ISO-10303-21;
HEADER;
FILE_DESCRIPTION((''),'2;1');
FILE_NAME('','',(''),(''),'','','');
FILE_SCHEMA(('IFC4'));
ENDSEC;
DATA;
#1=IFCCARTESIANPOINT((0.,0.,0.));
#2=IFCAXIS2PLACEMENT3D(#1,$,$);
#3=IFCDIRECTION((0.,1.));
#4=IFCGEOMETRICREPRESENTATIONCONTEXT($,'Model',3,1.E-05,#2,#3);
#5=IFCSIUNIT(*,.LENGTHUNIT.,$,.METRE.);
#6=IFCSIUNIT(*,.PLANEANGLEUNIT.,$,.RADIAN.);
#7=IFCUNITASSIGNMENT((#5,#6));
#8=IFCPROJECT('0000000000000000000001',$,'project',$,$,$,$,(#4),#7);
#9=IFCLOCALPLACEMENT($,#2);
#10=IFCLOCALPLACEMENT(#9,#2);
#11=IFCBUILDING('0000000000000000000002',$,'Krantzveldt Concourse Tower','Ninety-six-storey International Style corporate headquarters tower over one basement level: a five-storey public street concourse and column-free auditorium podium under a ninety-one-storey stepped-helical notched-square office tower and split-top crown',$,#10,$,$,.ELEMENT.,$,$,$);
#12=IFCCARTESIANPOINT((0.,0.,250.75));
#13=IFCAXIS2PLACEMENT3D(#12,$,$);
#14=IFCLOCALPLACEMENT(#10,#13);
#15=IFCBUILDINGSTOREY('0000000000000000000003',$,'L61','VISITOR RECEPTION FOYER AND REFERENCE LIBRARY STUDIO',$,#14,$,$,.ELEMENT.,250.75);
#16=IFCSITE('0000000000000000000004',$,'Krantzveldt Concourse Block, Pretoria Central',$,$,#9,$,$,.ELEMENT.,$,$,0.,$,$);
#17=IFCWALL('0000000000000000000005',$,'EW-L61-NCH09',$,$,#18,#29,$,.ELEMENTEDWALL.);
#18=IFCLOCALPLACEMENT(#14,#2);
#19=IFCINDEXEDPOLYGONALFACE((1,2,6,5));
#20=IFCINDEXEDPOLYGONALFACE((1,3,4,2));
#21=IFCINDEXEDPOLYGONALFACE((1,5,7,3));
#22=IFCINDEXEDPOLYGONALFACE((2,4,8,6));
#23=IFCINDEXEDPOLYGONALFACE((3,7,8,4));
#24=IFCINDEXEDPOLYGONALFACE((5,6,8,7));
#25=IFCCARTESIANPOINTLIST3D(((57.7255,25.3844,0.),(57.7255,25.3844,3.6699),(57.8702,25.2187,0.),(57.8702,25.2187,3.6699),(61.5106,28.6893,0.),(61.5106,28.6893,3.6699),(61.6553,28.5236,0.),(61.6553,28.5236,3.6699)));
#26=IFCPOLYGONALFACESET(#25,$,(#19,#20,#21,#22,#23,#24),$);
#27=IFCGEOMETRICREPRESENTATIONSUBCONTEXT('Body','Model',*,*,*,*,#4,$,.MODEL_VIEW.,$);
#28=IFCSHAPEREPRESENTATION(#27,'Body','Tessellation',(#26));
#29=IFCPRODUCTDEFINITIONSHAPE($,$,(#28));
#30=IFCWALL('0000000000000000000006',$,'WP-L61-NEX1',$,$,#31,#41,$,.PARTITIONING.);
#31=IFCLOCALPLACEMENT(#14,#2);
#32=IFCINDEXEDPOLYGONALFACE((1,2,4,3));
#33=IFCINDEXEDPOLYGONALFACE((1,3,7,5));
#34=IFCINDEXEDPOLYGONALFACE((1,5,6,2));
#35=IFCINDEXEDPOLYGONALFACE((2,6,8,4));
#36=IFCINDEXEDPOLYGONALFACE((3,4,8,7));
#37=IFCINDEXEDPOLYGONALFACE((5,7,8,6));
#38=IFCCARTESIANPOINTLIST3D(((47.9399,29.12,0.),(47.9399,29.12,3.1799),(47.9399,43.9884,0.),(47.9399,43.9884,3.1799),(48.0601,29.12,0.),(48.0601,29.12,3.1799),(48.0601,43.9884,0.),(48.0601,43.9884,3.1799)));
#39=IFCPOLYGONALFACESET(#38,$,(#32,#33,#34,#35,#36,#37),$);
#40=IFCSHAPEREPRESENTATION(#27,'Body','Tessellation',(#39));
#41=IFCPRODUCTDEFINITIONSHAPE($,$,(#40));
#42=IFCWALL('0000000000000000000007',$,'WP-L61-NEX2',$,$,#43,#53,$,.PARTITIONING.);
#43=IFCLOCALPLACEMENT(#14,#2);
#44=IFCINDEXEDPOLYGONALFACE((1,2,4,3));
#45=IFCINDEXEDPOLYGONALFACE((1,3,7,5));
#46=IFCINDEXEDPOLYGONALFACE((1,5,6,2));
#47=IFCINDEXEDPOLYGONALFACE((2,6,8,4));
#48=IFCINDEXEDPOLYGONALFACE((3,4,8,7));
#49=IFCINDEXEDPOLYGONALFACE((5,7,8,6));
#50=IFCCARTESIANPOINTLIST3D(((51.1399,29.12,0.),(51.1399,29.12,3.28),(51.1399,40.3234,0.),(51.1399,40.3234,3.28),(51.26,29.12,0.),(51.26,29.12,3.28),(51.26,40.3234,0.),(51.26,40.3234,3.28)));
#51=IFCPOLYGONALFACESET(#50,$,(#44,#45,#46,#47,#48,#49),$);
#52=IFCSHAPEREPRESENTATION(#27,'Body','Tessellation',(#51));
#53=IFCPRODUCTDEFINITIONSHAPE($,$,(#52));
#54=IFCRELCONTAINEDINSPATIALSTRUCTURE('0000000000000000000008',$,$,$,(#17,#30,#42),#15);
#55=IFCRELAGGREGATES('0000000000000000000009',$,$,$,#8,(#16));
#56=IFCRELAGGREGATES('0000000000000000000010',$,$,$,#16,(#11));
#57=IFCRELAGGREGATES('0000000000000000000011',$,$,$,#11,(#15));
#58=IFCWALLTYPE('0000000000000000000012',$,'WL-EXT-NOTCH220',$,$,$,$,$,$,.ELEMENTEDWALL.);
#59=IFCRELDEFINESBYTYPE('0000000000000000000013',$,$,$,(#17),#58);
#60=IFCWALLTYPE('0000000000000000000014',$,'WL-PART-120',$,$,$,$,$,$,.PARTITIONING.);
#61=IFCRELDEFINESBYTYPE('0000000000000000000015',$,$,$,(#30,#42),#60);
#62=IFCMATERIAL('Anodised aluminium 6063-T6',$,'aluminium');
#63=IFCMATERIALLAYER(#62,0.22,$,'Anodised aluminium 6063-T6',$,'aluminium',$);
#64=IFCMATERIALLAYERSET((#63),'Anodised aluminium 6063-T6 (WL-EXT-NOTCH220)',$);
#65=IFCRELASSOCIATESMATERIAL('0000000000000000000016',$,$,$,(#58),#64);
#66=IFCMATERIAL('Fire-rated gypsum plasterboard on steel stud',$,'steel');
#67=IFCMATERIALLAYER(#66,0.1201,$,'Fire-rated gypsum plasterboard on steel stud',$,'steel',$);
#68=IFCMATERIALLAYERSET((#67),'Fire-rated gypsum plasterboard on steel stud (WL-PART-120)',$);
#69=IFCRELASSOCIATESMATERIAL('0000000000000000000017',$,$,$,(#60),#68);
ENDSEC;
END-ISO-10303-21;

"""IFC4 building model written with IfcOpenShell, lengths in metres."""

from ifc_helpers import new_model, si_unit, direction, frame, frame_2d, origin, place, context, subcontext, project, spatial, rectangle, extrude, material, layer, layer_set, type_object, element, save


model = new_model("IFC4")

# Units and contexts
model_context = context("Model", 3, precision=1e-05, world=origin(), true_north=direction((0.0, 1.0)))
body_context = subcontext(model_context, "Body", "Model", "MODEL_VIEW")
ifc_project = project(units=[si_unit("LENGTHUNIT", "METRE"), si_unit("PLANEANGLEUNIT", "RADIAN")], contexts=[model_context])

# Site, building, storey
site_placement = place(None, origin())
site = spatial("IfcSite", under=ifc_project, at=site_placement, Name="Krantzveldt Concourse Block, Pretoria Central", CompositionType="ELEMENT", RefElevation=0.0)
building_placement = place(site_placement, origin())
building = spatial("IfcBuilding", under=site, at=building_placement, Name="Krantzveldt Concourse Tower", Description="Ninety-six-storey International Style corporate headquarters tower over one basement level: a five-storey public street concourse and column-free auditorium podium under a ninety-one-storey stepped-helical notched-square office tower and split-top crown", CompositionType="ELEMENT")
storey_placement = place(building_placement, frame((0.0, 0.0, 250.75)))
storey = spatial("IfcBuildingStorey", under=building, at=storey_placement, Name="L61", Description="VISITOR RECEPTION FOYER AND REFERENCE LIBRARY STUDIO", CompositionType="ELEMENT", Elevation=250.75)

# Shared definitions
ifc_material_1 = material(Name="Anodised aluminium 6063-T6", Category="aluminium")

# Walls
ifc_layer_1 = layer(ifc_material_1, 0.22, Name="Anodised aluminium 6063-T6", Category="aluminium")
ifc_layer_set_1 = layer_set([ifc_layer_1], Name="Anodised aluminium 6063-T6 (WL-EXT-NOTCH220)")
wall_type_1 = type_object("IfcWallType", Name="WL-EXT-NOTCH220", PredefinedType="ELEMENTEDWALL", material=ifc_layer_set_1)
wall_1_placement = place(storey_placement, frame((57.7979, 25.3015, 0.0), z_axis=(0.0, 0.0, 1.0), x_axis=(0.753275, 0.657706, 0.0)))
element("IfcWall", 1, at=wall_1_placement, inside=storey, type_object=wall_type_1, Name="EW-L61-NCH09", PredefinedType="ELEMENTEDWALL", context=body_context, shape_type="SweptSolid", body=[
    extrude(rectangle(XDim=5.0249, YDim=0.22, at=frame_2d((2.5125, 0.0))), origin(), (0.0, 0.0, 1.0), 3.6699),
])
ifc_material_2 = material(Name="Fire-rated gypsum plasterboard on steel stud", Category="steel")
ifc_layer_2 = layer(ifc_material_2, 0.1201, Name="Fire-rated gypsum plasterboard on steel stud", Category="steel")
ifc_layer_set_2 = layer_set([ifc_layer_2], Name="Fire-rated gypsum plasterboard on steel stud (WL-PART-120)")
wall_type_2 = type_object("IfcWallType", Name="WL-PART-120", PredefinedType="PARTITIONING", material=ifc_layer_set_2)
wall_2_placement = place(storey_placement, frame((48.0, 29.1201, 0.0), z_axis=(0.0, 0.0, 1.0), x_axis=(0.0, 1.0, 0.0)))
element("IfcWall", 2, at=wall_2_placement, inside=storey, type_object=wall_type_2, Name="WP-L61-NEX1", PredefinedType="PARTITIONING", context=body_context, shape_type="SweptSolid", body=[
    extrude(rectangle(XDim=14.8684, YDim=0.1201, at=frame_2d((7.4341, 0.0))), origin(), (0.0, 0.0, 1.0), 3.1799),
])
wall_3_placement = place(storey_placement, frame((51.2, 29.1201, 0.0), z_axis=(0.0, 0.0, 1.0), x_axis=(0.0, 1.0, 0.0)))
element("IfcWall", 3, at=wall_3_placement, inside=storey, type_object=wall_type_2, Name="WP-L61-NEX2", PredefinedType="PARTITIONING", context=body_context, shape_type="SweptSolid", body=[
    extrude(rectangle(XDim=11.2034, YDim=0.1201, at=frame_2d((5.6016, 0.0))), origin(), (0.0, 0.0, 1.0), 3.28),
])

save(model, "model.ifc")
